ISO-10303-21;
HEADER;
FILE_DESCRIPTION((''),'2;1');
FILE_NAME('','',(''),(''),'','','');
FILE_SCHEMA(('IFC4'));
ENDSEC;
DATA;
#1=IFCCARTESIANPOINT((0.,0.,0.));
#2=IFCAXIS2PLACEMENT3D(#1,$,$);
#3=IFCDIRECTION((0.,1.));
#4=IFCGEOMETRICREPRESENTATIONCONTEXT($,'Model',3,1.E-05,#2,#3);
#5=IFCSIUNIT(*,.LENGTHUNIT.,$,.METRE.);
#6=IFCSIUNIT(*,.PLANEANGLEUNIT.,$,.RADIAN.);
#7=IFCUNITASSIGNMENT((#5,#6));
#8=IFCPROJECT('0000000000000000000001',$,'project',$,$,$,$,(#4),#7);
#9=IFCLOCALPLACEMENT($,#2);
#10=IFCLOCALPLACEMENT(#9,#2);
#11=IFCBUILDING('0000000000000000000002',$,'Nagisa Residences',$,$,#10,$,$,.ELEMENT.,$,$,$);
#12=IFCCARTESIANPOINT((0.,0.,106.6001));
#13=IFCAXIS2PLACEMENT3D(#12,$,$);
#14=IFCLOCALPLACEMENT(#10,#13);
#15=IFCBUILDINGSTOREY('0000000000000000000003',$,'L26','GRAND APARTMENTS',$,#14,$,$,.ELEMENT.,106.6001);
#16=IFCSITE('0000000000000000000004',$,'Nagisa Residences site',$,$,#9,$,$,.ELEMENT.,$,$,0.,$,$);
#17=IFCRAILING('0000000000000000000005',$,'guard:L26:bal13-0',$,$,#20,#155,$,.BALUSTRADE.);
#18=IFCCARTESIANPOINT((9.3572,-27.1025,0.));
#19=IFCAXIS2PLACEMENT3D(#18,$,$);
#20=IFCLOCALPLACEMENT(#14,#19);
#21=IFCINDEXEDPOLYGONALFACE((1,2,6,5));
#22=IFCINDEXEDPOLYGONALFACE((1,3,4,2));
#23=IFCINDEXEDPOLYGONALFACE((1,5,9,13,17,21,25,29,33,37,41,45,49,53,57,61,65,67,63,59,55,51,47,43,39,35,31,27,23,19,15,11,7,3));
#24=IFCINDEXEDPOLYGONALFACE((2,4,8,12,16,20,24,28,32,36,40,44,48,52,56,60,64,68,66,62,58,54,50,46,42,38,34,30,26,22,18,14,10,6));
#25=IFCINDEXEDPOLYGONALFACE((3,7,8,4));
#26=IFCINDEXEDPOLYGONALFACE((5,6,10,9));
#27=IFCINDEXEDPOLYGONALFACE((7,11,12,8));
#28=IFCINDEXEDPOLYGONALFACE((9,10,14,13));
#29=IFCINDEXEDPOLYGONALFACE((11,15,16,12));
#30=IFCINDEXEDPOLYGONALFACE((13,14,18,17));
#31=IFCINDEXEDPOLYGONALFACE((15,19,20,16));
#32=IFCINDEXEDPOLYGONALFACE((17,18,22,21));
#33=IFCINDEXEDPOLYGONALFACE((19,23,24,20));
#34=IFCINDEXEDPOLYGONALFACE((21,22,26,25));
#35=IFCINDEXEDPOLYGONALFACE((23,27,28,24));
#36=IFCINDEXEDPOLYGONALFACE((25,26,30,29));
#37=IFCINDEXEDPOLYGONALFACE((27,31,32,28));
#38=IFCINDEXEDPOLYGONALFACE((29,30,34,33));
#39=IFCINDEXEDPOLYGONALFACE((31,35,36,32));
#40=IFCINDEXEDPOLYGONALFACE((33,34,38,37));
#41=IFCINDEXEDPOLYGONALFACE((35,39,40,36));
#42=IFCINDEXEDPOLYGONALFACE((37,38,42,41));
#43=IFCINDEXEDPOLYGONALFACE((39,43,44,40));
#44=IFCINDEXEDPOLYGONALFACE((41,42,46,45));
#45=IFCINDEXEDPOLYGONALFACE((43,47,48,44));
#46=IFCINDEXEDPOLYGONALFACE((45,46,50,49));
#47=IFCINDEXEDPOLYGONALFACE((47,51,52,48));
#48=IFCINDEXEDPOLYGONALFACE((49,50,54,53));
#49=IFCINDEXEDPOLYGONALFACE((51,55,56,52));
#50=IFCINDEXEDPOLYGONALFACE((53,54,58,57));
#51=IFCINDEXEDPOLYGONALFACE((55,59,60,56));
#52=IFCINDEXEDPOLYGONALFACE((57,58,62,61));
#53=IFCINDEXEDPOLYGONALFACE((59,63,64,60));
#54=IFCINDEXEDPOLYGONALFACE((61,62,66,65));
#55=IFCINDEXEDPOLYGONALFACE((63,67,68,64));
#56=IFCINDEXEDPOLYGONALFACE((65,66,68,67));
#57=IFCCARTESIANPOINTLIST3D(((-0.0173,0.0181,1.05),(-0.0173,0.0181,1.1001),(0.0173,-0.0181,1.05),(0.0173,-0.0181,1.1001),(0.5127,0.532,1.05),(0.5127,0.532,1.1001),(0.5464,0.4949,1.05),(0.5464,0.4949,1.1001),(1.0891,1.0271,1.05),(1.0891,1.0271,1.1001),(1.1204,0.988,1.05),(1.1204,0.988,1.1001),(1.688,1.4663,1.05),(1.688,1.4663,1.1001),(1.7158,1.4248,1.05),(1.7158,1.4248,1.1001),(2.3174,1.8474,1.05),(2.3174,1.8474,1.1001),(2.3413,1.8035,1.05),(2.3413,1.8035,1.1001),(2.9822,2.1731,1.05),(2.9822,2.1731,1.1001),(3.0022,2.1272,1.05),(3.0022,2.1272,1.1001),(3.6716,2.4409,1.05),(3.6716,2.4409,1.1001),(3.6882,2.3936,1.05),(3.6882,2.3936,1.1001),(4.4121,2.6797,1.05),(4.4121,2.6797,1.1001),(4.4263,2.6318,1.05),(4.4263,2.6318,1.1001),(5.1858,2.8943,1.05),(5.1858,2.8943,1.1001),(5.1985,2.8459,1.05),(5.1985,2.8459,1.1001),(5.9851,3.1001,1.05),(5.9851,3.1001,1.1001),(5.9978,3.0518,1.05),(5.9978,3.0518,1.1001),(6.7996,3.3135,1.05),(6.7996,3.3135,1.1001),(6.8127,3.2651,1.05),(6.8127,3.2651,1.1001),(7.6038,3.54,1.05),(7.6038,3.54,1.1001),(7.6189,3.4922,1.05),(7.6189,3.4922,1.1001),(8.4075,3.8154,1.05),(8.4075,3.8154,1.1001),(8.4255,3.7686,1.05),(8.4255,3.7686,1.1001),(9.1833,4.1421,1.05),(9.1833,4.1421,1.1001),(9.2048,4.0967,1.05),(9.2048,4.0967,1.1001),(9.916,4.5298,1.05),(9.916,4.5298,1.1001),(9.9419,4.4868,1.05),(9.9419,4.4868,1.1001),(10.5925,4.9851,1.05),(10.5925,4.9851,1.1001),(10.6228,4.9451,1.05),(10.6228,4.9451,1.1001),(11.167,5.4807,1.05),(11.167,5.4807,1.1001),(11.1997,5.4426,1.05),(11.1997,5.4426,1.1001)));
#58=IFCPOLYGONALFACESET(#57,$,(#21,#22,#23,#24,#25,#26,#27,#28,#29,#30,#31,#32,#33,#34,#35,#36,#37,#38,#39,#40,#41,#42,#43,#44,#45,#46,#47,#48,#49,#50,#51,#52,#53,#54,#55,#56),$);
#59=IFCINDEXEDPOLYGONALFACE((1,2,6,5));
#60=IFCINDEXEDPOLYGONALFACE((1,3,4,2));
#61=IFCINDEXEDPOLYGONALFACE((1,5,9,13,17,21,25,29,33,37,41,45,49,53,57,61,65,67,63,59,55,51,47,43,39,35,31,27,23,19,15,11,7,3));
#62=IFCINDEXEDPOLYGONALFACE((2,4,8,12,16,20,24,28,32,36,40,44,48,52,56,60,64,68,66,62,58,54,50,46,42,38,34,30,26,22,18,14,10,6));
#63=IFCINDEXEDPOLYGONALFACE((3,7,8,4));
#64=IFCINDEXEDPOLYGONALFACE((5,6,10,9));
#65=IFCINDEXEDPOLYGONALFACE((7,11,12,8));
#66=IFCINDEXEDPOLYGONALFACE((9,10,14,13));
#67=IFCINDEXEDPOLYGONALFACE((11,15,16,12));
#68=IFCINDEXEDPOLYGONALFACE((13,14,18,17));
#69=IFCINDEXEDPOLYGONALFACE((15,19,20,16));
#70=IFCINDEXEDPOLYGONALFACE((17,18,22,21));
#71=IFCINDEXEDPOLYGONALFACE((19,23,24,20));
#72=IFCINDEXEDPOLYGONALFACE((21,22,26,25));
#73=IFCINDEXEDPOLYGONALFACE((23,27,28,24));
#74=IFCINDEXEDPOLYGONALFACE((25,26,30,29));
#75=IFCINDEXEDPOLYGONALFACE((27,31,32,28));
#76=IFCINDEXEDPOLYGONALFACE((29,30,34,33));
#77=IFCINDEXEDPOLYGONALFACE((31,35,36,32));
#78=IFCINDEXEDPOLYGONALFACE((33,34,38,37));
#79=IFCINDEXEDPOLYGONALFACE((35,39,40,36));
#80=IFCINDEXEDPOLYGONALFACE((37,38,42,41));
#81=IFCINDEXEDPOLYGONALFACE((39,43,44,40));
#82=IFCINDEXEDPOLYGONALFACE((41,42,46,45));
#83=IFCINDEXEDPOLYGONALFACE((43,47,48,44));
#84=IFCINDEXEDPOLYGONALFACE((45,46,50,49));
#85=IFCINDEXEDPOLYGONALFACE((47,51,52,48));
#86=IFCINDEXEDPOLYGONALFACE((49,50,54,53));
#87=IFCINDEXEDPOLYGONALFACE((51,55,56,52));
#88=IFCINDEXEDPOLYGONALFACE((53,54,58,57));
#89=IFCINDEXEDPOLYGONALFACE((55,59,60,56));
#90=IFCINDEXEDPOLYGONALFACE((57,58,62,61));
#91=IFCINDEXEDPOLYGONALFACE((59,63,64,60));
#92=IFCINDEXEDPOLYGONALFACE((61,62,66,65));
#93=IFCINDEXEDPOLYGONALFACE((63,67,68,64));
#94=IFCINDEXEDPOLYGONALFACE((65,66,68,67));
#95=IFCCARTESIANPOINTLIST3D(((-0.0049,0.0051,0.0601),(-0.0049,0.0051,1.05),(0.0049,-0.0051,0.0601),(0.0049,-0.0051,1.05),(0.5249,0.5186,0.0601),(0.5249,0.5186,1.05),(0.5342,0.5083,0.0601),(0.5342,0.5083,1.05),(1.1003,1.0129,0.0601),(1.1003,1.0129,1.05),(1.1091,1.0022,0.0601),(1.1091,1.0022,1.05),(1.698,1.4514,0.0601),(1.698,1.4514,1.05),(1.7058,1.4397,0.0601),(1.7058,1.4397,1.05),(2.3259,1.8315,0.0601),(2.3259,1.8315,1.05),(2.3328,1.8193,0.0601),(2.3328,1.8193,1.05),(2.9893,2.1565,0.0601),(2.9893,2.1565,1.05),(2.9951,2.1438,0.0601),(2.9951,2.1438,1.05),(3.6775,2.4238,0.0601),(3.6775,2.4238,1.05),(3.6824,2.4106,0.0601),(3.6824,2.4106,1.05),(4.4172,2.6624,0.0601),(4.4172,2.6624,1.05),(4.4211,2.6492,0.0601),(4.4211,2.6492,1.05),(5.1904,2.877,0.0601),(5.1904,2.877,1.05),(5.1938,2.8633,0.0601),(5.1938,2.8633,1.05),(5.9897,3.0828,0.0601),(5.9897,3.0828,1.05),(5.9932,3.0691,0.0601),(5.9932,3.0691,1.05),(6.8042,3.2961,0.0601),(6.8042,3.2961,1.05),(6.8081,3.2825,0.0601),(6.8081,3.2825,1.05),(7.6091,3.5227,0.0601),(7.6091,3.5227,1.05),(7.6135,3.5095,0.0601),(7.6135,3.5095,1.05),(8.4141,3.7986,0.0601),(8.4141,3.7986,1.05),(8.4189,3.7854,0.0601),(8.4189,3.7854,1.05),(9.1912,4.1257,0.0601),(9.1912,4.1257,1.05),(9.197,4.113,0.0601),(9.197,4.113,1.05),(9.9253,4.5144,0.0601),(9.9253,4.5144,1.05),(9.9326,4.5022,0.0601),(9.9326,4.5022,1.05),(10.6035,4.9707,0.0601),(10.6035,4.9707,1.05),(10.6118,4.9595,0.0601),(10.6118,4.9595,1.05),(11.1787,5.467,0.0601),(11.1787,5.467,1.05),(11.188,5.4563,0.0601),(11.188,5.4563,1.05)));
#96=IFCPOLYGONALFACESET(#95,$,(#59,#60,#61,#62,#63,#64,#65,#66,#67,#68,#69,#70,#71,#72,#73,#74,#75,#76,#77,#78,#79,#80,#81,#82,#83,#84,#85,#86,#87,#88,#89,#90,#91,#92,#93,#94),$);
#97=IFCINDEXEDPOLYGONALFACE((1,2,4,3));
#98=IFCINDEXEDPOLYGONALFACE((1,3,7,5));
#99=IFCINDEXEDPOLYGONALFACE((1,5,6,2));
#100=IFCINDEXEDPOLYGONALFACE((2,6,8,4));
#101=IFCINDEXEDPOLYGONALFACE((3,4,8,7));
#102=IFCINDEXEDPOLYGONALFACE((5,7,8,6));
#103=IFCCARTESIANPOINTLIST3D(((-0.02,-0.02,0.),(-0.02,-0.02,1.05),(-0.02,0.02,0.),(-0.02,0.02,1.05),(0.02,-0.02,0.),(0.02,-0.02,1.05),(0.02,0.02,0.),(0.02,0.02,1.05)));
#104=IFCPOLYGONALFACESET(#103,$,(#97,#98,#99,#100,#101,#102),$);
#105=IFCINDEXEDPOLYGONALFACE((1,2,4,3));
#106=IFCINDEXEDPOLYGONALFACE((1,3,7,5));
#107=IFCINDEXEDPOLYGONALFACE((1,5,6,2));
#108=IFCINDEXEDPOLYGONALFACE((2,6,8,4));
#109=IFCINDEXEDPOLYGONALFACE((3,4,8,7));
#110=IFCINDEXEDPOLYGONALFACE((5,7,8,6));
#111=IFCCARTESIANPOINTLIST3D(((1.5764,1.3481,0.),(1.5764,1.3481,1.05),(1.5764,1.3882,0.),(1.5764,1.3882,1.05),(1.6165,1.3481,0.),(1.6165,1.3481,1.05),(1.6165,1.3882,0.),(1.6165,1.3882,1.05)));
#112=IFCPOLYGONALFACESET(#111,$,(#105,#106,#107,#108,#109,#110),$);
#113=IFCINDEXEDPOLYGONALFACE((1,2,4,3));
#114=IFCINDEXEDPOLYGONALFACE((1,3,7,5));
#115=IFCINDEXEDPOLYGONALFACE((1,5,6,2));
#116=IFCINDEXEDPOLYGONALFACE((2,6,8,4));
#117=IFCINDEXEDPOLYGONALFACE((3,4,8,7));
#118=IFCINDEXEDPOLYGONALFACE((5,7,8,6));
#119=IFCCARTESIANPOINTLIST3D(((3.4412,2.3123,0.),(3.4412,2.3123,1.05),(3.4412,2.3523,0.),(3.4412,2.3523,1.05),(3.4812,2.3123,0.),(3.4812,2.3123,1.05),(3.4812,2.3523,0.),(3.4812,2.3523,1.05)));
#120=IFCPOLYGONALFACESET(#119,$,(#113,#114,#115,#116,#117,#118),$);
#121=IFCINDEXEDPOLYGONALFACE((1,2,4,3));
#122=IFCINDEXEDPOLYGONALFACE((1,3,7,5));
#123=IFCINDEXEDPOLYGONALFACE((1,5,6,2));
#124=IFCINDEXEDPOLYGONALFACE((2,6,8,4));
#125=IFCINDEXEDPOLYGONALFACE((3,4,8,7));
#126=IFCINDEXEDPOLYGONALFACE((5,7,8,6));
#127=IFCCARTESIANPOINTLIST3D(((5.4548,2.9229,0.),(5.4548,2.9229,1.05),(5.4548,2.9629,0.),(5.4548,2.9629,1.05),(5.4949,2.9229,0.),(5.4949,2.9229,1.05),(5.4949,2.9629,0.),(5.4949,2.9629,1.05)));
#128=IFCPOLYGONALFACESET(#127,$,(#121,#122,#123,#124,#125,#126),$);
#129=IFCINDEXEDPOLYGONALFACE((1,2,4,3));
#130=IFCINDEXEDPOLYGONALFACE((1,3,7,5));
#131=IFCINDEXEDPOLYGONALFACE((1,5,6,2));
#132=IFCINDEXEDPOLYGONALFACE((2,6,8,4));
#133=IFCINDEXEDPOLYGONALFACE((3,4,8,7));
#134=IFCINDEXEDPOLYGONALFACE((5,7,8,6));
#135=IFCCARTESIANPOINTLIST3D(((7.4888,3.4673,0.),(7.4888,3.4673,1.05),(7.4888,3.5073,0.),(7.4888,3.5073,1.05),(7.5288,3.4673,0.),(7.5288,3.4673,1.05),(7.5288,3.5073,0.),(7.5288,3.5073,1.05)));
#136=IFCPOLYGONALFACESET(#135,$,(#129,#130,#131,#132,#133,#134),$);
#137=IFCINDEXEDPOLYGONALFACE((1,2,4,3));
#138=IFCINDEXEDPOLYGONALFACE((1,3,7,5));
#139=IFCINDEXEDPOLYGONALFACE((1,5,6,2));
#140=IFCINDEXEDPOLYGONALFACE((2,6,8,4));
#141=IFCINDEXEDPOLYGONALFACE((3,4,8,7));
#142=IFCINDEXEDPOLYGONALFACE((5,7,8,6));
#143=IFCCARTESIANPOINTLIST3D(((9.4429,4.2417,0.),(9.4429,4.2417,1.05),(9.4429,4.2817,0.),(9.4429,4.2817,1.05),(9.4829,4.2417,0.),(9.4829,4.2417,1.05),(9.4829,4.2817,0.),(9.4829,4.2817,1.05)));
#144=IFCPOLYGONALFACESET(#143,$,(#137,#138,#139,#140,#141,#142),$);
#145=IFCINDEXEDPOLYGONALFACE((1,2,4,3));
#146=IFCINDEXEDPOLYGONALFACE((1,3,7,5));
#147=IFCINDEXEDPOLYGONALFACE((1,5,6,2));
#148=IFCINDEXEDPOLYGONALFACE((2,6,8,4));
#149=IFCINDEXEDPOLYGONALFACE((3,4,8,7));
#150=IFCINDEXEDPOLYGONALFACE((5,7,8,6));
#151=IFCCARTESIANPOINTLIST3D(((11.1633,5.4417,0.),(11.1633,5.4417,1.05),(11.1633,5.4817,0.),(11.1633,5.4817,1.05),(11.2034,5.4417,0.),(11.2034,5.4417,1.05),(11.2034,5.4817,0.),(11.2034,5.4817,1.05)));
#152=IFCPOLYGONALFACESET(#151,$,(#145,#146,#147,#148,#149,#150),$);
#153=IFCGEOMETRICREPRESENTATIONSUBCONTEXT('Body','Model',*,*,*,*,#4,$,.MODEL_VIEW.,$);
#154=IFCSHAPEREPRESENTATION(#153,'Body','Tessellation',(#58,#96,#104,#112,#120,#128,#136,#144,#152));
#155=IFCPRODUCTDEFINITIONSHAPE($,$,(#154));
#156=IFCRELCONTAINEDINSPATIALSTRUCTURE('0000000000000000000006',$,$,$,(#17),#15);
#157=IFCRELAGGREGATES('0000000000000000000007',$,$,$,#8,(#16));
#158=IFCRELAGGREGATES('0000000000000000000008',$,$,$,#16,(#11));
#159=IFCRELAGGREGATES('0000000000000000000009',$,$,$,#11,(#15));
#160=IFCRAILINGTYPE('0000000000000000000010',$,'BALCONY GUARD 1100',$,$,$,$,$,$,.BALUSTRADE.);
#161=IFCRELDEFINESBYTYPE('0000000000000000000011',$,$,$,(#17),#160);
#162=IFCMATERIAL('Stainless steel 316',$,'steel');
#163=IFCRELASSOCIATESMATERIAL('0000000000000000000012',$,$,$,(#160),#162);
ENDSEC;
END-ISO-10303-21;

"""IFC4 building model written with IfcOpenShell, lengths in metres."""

from ifc_helpers import new_model, si_unit, direction, frame, origin, origin_2d, place, context, subcontext, project, spatial, polyline, rectangle, outline, extrude, material, type_object, element, save


model = new_model("IFC4")

# Units and contexts
model_context = context("Model", 3, precision=1e-05, world=origin(), true_north=direction((0.0, 1.0)))
body_context = subcontext(model_context, "Body", "Model", "MODEL_VIEW")
ifc_project = project(units=[si_unit("LENGTHUNIT", "METRE"), si_unit("PLANEANGLEUNIT", "RADIAN")], contexts=[model_context])

# Site, building, storey
site_placement = place(None, origin())
site = spatial("IfcSite", under=ifc_project, at=site_placement, Name="Nagisa Residences site", CompositionType="ELEMENT", RefElevation=0.0)
building_placement = place(site_placement, origin())
building = spatial("IfcBuilding", under=site, at=building_placement, Name="Nagisa Residences", CompositionType="ELEMENT")
storey_placement = place(building_placement, frame((0.0, 0.0, 106.6001)))
storey = spatial("IfcBuildingStorey", under=building, at=storey_placement, Name="L26", Description="GRAND APARTMENTS", CompositionType="ELEMENT", Elevation=106.6001)

# Railing
ifc_material_1 = material(Name="Stainless steel 316", Category="steel")
railing_type = type_object("IfcRailingType", Name="BALCONY GUARD 1100", PredefinedType="BALUSTRADE", material=ifc_material_1)
railing_placement = place(storey_placement, frame((9.3572, -27.1025, 0.0)))
element("IfcRailing", 1, at=railing_placement, inside=storey, type_object=railing_type, Name="guard:L26:bal13-0", PredefinedType="BALUSTRADE", context=body_context, shape_type="SweptSolid", body=[
    extrude(outline(polyline([(0.5127, 0.532), (-0.0173, 0.0181), (0.0173, -0.0181), (0.5464, 0.4949), (1.1204, 0.988), (1.7158, 1.4248), (2.3413, 1.8035), (3.0022, 2.1272), (3.6882, 2.3936), (4.4263, 2.6318), (5.1985, 2.8459), (5.9978, 3.0518), (6.8127, 3.2651), (7.6189, 3.4922), (8.4255, 3.7686), (9.2048, 4.0967), (9.9419, 4.4868), (10.6228, 4.9451), (11.1997, 5.4426), (11.167, 5.4807), (10.5925, 4.9851), (9.916, 4.5298), (9.1833, 4.1421), (8.4075, 3.8154), (7.6038, 3.54), (6.7996, 3.3135), (5.9851, 3.1001), (5.1858, 2.8943), (4.4121, 2.6797), (3.6716, 2.4409), (2.9822, 2.1731), (2.3174, 1.8474), (1.688, 1.4663), (1.0891, 1.0271), (0.5127, 0.532)])), frame((0.0, 0.0, 1.05)), (0.0, 0.0, 1.0), 0.05),
    extrude(outline(polyline([(0.5249, 0.5186), (-0.0049, 0.0051), (0.0049, -0.0051), (0.5342, 0.5083), (1.1091, 1.0022), (1.7058, 1.4397), (2.3328, 1.8193), (2.9951, 2.1438), (3.6824, 2.4106), (4.4211, 2.6492), (5.1938, 2.8633), (5.9932, 3.0691), (6.8081, 3.2825), (7.6135, 3.5095), (8.4189, 3.7854), (9.197, 4.113), (9.9326, 4.5022), (10.6118, 4.9595), (11.188, 5.4563), (11.1787, 5.467), (10.6035, 4.9707), (9.9253, 4.5144), (9.1912, 4.1257), (8.4141, 3.7986), (7.6091, 3.5227), (6.8042, 3.2961), (5.9897, 3.0828), (5.1904, 2.877), (4.4172, 2.6624), (3.6775, 2.4238), (2.9893, 2.1565), (2.3259, 1.8315), (1.698, 1.4514), (1.1003, 1.0129), (0.5249, 0.5186)])), frame((0.0, 0.0, 0.0601)), (0.0, 0.0, 1.0), 0.99),
    extrude(rectangle(XDim=0.04, YDim=0.04, at=origin_2d()), origin(), (0.0, 0.0, 1.0), 1.05),
    extrude(rectangle(XDim=0.04, YDim=0.04, at=origin_2d()), frame((1.5964, 1.3682, 0.0)), (0.0, 0.0, 1.0), 1.05),
    extrude(rectangle(XDim=0.04, YDim=0.04, at=origin_2d()), frame((3.4612, 2.3323, 0.0)), (0.0, 0.0, 1.0), 1.05),
    extrude(rectangle(XDim=0.04, YDim=0.04, at=origin_2d()), frame((5.4749, 2.9429, 0.0)), (0.0, 0.0, 1.0), 1.05),
    extrude(rectangle(XDim=0.04, YDim=0.04, at=origin_2d()), frame((7.5088, 3.4873, 0.0)), (0.0, 0.0, 1.0), 1.05),
    extrude(rectangle(XDim=0.04, YDim=0.04, at=origin_2d()), frame((9.4629, 4.2617, 0.0)), (0.0, 0.0, 1.0), 1.05),
    extrude(rectangle(XDim=0.04, YDim=0.04, at=origin_2d()), frame((11.1833, 5.4617, 0.0)), (0.0, 0.0, 1.0), 1.05),
])

save(model, "model.ifc")
